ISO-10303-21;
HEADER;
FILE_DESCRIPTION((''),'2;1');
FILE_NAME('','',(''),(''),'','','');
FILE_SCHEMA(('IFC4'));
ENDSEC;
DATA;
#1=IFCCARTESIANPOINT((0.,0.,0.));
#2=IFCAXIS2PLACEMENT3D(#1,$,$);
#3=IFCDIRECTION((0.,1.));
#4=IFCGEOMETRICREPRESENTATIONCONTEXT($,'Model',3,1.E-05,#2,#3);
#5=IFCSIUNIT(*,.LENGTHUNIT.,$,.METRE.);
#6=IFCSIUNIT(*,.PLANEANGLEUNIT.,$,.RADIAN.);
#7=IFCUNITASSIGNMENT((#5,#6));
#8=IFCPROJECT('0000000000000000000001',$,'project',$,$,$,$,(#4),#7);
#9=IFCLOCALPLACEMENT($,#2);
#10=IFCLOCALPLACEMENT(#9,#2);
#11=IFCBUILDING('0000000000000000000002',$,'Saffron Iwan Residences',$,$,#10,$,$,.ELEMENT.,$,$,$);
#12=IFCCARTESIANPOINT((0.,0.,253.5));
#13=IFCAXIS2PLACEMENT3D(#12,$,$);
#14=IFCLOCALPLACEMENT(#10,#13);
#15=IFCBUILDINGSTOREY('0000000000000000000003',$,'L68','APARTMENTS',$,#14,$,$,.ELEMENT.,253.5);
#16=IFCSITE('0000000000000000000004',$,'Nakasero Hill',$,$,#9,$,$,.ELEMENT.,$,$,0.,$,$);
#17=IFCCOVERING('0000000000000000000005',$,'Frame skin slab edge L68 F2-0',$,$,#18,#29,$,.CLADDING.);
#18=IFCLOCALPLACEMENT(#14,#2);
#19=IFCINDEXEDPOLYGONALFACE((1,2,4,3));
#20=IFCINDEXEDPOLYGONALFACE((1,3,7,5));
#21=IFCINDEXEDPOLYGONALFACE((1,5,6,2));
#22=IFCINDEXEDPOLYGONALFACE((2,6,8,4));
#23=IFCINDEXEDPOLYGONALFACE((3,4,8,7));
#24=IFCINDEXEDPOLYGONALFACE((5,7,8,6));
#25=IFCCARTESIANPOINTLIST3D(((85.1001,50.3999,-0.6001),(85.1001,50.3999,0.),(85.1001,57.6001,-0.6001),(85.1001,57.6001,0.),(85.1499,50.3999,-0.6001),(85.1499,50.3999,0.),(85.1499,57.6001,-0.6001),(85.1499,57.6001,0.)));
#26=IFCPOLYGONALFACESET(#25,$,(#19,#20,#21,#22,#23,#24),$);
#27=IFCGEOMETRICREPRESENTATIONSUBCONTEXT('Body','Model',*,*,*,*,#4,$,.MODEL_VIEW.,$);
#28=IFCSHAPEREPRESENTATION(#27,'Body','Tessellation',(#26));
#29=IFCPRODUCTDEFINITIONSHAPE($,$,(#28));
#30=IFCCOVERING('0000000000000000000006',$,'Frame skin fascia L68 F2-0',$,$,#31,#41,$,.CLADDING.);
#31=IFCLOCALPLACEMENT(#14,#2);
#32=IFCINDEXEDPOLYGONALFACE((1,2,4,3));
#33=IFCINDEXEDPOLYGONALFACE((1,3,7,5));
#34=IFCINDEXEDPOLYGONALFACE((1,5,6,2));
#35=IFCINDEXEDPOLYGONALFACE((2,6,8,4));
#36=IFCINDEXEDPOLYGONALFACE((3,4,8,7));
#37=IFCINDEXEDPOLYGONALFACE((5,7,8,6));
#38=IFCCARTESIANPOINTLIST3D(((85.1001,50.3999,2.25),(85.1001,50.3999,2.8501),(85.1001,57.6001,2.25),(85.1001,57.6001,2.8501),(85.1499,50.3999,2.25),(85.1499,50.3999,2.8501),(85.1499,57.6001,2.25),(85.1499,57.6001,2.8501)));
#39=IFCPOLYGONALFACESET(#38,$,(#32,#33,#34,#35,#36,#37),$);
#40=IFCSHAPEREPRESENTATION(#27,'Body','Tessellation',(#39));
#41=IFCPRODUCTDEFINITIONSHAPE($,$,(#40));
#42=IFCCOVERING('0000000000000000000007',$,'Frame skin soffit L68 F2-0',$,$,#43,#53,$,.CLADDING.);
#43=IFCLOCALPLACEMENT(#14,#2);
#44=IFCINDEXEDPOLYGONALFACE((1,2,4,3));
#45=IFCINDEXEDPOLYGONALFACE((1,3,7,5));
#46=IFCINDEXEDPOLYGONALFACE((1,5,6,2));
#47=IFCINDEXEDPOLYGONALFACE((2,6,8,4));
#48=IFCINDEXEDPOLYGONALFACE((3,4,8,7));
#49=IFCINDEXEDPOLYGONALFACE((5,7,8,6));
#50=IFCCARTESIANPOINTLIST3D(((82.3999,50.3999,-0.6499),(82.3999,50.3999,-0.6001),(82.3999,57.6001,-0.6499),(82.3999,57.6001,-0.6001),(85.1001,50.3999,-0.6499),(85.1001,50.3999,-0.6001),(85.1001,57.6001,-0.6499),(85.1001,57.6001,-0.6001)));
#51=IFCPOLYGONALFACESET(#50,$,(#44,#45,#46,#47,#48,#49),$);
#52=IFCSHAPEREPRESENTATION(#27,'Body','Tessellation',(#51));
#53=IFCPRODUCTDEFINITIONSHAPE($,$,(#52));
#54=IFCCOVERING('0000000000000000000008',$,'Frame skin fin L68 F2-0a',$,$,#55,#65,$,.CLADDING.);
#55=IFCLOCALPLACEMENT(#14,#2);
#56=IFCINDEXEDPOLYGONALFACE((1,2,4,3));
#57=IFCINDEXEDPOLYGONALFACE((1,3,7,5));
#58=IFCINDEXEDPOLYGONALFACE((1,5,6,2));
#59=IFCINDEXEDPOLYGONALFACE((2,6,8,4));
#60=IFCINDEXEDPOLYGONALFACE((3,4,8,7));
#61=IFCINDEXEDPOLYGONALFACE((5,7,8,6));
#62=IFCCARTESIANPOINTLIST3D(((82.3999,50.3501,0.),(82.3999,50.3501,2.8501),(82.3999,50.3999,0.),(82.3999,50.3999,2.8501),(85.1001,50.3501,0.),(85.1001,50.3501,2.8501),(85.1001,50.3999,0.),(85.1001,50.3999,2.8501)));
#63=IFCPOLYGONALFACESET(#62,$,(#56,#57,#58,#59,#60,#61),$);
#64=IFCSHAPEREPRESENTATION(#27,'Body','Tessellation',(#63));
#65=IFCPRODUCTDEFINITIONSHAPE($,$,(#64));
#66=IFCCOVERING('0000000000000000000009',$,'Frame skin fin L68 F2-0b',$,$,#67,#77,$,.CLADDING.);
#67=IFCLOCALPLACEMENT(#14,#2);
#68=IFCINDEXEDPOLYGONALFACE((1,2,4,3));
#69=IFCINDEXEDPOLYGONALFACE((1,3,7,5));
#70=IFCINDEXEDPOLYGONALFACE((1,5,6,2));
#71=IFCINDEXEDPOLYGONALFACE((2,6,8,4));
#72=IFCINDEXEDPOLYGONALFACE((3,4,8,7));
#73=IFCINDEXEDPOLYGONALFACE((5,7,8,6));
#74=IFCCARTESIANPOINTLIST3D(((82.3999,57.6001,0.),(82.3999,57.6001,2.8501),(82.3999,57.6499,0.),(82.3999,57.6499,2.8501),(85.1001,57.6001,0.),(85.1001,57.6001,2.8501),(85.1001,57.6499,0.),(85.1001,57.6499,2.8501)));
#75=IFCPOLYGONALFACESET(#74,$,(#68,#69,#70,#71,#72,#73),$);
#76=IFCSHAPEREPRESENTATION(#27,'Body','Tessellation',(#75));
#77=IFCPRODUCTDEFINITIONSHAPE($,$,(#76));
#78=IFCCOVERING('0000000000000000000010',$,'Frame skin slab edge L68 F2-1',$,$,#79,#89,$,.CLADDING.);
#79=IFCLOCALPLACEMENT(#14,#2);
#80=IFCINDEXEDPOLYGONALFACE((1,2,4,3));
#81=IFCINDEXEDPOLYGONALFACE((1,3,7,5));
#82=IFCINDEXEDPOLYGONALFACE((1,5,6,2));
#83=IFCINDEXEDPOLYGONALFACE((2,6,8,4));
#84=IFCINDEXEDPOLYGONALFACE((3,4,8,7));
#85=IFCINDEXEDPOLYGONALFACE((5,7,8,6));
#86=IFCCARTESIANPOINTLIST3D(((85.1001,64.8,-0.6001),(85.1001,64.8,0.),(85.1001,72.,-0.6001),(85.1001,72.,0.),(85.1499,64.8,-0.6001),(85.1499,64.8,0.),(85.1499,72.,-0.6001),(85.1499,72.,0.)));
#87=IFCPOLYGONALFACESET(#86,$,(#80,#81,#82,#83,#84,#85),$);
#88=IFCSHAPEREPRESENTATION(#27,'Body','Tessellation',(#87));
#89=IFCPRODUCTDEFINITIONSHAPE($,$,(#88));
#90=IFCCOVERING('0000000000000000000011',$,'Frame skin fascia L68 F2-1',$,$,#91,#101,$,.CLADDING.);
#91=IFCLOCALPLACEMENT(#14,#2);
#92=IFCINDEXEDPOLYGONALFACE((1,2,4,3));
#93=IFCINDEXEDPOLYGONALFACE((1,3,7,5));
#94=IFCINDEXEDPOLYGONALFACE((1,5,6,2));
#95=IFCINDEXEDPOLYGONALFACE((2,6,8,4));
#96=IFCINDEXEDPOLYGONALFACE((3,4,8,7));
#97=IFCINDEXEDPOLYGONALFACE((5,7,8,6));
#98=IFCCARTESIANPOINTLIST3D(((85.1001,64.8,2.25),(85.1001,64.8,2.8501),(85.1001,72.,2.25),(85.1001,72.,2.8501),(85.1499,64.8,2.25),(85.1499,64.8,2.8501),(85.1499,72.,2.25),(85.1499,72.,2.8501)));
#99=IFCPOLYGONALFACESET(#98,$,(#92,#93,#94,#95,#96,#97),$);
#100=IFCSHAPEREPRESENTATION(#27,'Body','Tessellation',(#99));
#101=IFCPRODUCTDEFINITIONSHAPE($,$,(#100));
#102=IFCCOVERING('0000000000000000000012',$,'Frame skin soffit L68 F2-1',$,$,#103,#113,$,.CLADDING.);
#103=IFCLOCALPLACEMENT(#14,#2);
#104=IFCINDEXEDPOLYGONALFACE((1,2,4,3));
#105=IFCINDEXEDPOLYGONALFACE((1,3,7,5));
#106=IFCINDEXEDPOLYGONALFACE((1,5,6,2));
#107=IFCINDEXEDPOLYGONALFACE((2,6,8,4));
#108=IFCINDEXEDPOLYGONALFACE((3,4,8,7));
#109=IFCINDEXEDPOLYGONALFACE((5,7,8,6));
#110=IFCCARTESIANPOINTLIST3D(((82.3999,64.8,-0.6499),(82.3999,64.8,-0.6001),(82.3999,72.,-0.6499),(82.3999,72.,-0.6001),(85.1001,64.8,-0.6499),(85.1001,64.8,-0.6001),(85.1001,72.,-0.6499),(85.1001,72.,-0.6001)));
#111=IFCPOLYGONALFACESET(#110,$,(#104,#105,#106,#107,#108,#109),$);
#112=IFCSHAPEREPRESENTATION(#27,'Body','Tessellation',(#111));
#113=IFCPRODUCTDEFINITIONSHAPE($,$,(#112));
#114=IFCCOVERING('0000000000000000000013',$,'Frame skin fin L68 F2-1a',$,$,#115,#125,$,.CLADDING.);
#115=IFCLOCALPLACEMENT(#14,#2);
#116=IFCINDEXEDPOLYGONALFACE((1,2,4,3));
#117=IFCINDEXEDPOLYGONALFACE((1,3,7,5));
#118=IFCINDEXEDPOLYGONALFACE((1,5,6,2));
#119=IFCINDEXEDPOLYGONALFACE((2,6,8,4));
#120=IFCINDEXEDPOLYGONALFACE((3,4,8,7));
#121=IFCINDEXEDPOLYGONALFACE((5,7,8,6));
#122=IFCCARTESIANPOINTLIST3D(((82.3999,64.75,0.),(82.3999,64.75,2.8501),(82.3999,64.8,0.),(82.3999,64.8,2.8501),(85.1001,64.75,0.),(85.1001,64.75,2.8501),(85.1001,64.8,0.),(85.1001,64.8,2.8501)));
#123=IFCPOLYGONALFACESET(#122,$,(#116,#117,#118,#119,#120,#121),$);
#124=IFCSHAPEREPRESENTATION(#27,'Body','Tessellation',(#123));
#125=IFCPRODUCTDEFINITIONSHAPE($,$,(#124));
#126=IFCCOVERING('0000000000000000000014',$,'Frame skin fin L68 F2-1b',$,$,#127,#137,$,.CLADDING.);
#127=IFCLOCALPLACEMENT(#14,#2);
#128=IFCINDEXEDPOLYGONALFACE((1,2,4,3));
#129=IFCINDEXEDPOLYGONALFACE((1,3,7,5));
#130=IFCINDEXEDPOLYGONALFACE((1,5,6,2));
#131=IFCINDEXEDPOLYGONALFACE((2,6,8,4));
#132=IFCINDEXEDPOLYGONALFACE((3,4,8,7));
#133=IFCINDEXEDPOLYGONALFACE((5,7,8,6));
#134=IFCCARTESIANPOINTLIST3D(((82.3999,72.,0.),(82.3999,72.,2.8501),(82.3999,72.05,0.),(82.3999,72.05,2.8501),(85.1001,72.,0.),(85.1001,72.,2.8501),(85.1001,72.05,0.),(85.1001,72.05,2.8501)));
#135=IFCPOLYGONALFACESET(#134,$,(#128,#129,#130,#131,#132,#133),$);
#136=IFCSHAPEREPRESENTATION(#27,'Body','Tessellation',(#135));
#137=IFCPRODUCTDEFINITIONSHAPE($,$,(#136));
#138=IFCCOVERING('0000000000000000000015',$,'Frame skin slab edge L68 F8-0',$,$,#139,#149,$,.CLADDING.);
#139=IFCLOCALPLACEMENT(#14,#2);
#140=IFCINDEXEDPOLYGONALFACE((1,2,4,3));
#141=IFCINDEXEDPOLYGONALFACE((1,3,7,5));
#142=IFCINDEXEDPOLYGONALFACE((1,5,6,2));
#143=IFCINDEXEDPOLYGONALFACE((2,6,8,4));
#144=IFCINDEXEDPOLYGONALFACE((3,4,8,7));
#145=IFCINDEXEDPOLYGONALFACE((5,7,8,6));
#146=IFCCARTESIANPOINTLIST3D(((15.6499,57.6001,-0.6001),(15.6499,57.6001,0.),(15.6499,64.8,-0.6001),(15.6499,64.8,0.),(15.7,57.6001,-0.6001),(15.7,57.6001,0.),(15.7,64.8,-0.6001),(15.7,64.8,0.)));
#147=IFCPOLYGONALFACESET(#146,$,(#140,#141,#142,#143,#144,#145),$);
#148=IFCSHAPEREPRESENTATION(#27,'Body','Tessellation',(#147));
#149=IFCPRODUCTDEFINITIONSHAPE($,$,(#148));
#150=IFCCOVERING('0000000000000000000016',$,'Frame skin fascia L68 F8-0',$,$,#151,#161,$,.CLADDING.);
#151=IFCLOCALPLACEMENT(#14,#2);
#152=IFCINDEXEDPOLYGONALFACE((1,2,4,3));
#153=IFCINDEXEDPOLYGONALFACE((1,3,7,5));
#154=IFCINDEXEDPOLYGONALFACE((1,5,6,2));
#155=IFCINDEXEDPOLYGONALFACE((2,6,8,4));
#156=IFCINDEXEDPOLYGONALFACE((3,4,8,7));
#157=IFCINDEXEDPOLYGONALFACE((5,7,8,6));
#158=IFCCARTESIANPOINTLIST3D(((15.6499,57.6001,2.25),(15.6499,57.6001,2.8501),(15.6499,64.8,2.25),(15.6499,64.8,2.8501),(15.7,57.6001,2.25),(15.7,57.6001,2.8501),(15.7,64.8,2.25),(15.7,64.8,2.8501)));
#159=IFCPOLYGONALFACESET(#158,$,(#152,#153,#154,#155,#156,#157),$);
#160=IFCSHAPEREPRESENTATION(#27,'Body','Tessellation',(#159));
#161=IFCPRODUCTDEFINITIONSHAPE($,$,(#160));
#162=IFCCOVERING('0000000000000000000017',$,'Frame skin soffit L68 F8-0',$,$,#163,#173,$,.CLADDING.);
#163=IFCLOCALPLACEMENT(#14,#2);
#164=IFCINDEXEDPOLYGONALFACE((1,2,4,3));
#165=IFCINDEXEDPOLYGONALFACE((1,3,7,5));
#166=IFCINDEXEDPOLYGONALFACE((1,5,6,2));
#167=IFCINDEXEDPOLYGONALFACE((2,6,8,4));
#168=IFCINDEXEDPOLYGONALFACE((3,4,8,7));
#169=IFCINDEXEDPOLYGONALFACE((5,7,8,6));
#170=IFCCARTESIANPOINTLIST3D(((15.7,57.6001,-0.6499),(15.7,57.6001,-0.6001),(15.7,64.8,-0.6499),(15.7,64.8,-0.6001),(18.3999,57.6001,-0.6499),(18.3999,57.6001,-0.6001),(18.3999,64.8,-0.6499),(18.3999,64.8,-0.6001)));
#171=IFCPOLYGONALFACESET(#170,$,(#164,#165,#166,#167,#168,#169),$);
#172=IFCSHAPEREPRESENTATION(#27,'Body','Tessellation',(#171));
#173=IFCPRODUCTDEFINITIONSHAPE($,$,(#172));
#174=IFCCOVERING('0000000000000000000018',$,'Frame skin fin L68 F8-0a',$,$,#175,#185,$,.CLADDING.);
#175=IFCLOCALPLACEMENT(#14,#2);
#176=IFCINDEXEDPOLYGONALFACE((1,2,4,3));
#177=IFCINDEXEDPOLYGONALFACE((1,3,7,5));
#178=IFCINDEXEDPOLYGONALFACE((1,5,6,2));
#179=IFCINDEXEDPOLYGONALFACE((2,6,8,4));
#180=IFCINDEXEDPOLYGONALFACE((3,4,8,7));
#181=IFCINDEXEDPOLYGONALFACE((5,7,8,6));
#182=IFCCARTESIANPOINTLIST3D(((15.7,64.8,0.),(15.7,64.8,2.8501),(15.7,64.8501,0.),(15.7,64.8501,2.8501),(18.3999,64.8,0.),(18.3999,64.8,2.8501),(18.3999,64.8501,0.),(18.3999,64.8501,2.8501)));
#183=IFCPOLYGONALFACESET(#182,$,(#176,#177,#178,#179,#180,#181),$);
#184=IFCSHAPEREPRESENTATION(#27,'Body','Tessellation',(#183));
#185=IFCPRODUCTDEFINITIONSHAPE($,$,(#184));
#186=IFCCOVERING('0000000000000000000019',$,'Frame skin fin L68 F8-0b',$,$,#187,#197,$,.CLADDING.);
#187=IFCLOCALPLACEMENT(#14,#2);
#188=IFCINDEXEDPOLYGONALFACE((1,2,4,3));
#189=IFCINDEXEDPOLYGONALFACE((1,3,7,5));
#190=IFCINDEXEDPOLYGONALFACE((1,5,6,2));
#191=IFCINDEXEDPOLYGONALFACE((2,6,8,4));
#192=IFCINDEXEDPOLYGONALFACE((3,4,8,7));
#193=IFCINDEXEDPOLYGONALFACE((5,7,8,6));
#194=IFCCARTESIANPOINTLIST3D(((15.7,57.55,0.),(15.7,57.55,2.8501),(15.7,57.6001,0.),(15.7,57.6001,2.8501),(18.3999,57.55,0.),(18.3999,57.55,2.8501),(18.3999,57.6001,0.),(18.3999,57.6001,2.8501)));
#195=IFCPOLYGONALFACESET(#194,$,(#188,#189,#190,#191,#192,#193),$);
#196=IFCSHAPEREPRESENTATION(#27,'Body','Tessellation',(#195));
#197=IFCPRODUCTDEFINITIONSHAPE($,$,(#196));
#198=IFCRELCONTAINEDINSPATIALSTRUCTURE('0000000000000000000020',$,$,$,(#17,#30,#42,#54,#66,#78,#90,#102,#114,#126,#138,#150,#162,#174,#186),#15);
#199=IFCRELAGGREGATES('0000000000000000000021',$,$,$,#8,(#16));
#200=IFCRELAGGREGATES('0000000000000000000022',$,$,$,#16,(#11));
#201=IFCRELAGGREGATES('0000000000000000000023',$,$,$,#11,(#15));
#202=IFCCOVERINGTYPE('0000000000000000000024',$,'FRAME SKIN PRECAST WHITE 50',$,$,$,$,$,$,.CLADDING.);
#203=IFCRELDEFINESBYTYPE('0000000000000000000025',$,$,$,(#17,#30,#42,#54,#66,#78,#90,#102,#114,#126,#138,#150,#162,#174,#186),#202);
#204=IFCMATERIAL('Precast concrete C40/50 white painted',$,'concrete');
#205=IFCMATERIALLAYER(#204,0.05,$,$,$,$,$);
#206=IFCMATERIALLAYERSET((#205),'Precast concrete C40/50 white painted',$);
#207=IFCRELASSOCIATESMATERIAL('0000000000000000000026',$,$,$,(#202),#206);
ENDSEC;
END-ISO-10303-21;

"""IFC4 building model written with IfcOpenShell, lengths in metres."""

from ifc_helpers import new_model, si_unit, direction, frame, origin, place, context, subcontext, project, spatial, polyline, outline, extrude, material, layer, layer_set, type_object, element, save


model = new_model("IFC4")

# Units and contexts
model_context = context("Model", 3, precision=1e-05, world=origin(), true_north=direction((0.0, 1.0)))
body_context = subcontext(model_context, "Body", "Model", "MODEL_VIEW")
ifc_project = project(units=[si_unit("LENGTHUNIT", "METRE"), si_unit("PLANEANGLEUNIT", "RADIAN")], contexts=[model_context])

# Site, building, storey
site_placement = place(None, origin())
site = spatial("IfcSite", under=ifc_project, at=site_placement, Name="Nakasero Hill", CompositionType="ELEMENT", RefElevation=0.0)
building_placement = place(site_placement, origin())
building = spatial("IfcBuilding", under=site, at=building_placement, Name="Saffron Iwan Residences", CompositionType="ELEMENT")
storey_placement = place(building_placement, frame((0.0, 0.0, 253.5)))
storey = spatial("IfcBuildingStorey", under=building, at=storey_placement, Name="L68", Description="APARTMENTS", CompositionType="ELEMENT", Elevation=253.5)

# Coverings
ifc_material_1 = material(Name="Precast concrete C40/50 white painted", Category="concrete")
ifc_layer_1 = layer(ifc_material_1, 0.05)
ifc_layer_set_1 = layer_set([ifc_layer_1], Name="Precast concrete C40/50 white painted")
covering_type_1 = type_object("IfcCoveringType", Name="FRAME SKIN PRECAST WHITE 50", PredefinedType="CLADDING", material=ifc_layer_set_1)
for number, where, name in (
    (1, (0.0, 0.0, -0.6001), "Frame skin slab edge L68 F2-0"),
    (2, (0.0, 0.0, 2.25), "Frame skin fascia L68 F2-0"),
):
    element("IfcCovering", number, at=place(storey_placement, frame(where)), inside=storey, type_object=covering_type_1, Name=name, PredefinedType="CLADDING", context=body_context, shape_type="SweptSolid", body=[
        extrude(outline(polyline([(85.1499, 50.3999), (85.1499, 57.6001), (85.1001, 57.6001), (85.1001, 50.3999), (85.1499, 50.3999)])), origin(), (0.0, 0.0, 1.0), 0.6001),
    ])
covering_1_placement = place(storey_placement, frame((0.0, 0.0, -0.6499)))
element("IfcCovering", 3, at=covering_1_placement, inside=storey, type_object=covering_type_1, Name="Frame skin soffit L68 F2-0", PredefinedType="CLADDING", context=body_context, shape_type="SweptSolid", body=[
    extrude(outline(polyline([(85.1001, 50.3999), (85.1001, 57.6001), (82.3999, 57.6001), (82.3999, 50.3999), (85.1001, 50.3999)])), origin(), (0.0, 0.0, 1.0), 0.0498),
])
covering_2_placement = place(storey_placement, origin())
element("IfcCovering", 4, at=covering_2_placement, inside=storey, type_object=covering_type_1, Name="Frame skin fin L68 F2-0a", PredefinedType="CLADDING", context=body_context, shape_type="SweptSolid", body=[
    extrude(outline(polyline([(85.1001, 50.3501), (85.1001, 50.3999), (82.3999, 50.3999), (82.3999, 50.3501), (85.1001, 50.3501)])), origin(), (0.0, 0.0, 1.0), 2.8501),
])
covering_3_placement = place(storey_placement, origin())
element("IfcCovering", 5, at=covering_3_placement, inside=storey, type_object=covering_type_1, Name="Frame skin fin L68 F2-0b", PredefinedType="CLADDING", context=body_context, shape_type="SweptSolid", body=[
    extrude(outline(polyline([(85.1001, 57.6001), (85.1001, 57.6499), (82.3999, 57.6499), (82.3999, 57.6001), (85.1001, 57.6001)])), origin(), (0.0, 0.0, 1.0), 2.8501),
])
for number, where, name in (
    (6, (0.0, 0.0, -0.6001), "Frame skin slab edge L68 F2-1"),
    (7, (0.0, 0.0, 2.25), "Frame skin fascia L68 F2-1"),
):
    element("IfcCovering", number, at=place(storey_placement, frame(where)), inside=storey, type_object=covering_type_1, Name=name, PredefinedType="CLADDING", context=body_context, shape_type="SweptSolid", body=[
        extrude(outline(polyline([(85.1499, 64.8), (85.1499, 72.0), (85.1001, 72.0), (85.1001, 64.8), (85.1499, 64.8)])), origin(), (0.0, 0.0, 1.0), 0.6001),
    ])
covering_4_placement = place(storey_placement, frame((0.0, 0.0, -0.6499)))
element("IfcCovering", 8, at=covering_4_placement, inside=storey, type_object=covering_type_1, Name="Frame skin soffit L68 F2-1", PredefinedType="CLADDING", context=body_context, shape_type="SweptSolid", body=[
    extrude(outline(polyline([(85.1001, 64.8), (85.1001, 72.0), (82.3999, 72.0), (82.3999, 64.8), (85.1001, 64.8)])), origin(), (0.0, 0.0, 1.0), 0.0498),
])
covering_5_placement = place(storey_placement, origin())
element("IfcCovering", 9, at=covering_5_placement, inside=storey, type_object=covering_type_1, Name="Frame skin fin L68 F2-1a", PredefinedType="CLADDING", context=body_context, shape_type="SweptSolid", body=[
    extrude(outline(polyline([(85.1001, 64.75), (85.1001, 64.8), (82.3999, 64.8), (82.3999, 64.75), (85.1001, 64.75)])), origin(), (0.0, 0.0, 1.0), 2.8501),
])
covering_6_placement = place(storey_placement, origin())
element("IfcCovering", 10, at=covering_6_placement, inside=storey, type_object=covering_type_1, Name="Frame skin fin L68 F2-1b", PredefinedType="CLADDING", context=body_context, shape_type="SweptSolid", body=[
    extrude(outline(polyline([(85.1001, 72.0), (85.1001, 72.05), (82.3999, 72.05), (82.3999, 72.0), (85.1001, 72.0)])), origin(), (0.0, 0.0, 1.0), 2.8501),
])
for number, where, name in (
    (11, (0.0, 0.0, -0.6001), "Frame skin slab edge L68 F8-0"),
    (12, (0.0, 0.0, 2.25), "Frame skin fascia L68 F8-0"),
):
    element("IfcCovering", number, at=place(storey_placement, frame(where)), inside=storey, type_object=covering_type_1, Name=name, PredefinedType="CLADDING", context=body_context, shape_type="SweptSolid", body=[
        extrude(outline(polyline([(15.6499, 64.8), (15.6499, 57.6001), (15.7, 57.6001), (15.7, 64.8), (15.6499, 64.8)])), origin(), (0.0, 0.0, 1.0), 0.6001),
    ])
covering_7_placement = place(storey_placement, frame((0.0, 0.0, -0.6499)))
element("IfcCovering", 13, at=covering_7_placement, inside=storey, type_object=covering_type_1, Name="Frame skin soffit L68 F8-0", PredefinedType="CLADDING", context=body_context, shape_type="SweptSolid", body=[
    extrude(outline(polyline([(15.7, 64.8), (15.7, 57.6001), (18.3999, 57.6001), (18.3999, 64.8), (15.7, 64.8)])), origin(), (0.0, 0.0, 1.0), 0.0498),
])
covering_8_placement = place(storey_placement, origin())
element("IfcCovering", 14, at=covering_8_placement, inside=storey, type_object=covering_type_1, Name="Frame skin fin L68 F8-0a", PredefinedType="CLADDING", context=body_context, shape_type="SweptSolid", body=[
    extrude(outline(polyline([(15.7, 64.8501), (15.7, 64.8), (18.3999, 64.8), (18.3999, 64.8501), (15.7, 64.8501)])), origin(), (0.0, 0.0, 1.0), 2.8501),
])
covering_9_placement = place(storey_placement, origin())
element("IfcCovering", 15, at=covering_9_placement, inside=storey, type_object=covering_type_1, Name="Frame skin fin L68 F8-0b", PredefinedType="CLADDING", context=body_context, shape_type="SweptSolid", body=[
    extrude(outline(polyline([(15.7, 57.6001), (15.7, 57.55), (18.3999, 57.55), (18.3999, 57.6001), (15.7, 57.6001)])), origin(), (0.0, 0.0, 1.0), 2.8501),
])

save(model, "model.ifc")
